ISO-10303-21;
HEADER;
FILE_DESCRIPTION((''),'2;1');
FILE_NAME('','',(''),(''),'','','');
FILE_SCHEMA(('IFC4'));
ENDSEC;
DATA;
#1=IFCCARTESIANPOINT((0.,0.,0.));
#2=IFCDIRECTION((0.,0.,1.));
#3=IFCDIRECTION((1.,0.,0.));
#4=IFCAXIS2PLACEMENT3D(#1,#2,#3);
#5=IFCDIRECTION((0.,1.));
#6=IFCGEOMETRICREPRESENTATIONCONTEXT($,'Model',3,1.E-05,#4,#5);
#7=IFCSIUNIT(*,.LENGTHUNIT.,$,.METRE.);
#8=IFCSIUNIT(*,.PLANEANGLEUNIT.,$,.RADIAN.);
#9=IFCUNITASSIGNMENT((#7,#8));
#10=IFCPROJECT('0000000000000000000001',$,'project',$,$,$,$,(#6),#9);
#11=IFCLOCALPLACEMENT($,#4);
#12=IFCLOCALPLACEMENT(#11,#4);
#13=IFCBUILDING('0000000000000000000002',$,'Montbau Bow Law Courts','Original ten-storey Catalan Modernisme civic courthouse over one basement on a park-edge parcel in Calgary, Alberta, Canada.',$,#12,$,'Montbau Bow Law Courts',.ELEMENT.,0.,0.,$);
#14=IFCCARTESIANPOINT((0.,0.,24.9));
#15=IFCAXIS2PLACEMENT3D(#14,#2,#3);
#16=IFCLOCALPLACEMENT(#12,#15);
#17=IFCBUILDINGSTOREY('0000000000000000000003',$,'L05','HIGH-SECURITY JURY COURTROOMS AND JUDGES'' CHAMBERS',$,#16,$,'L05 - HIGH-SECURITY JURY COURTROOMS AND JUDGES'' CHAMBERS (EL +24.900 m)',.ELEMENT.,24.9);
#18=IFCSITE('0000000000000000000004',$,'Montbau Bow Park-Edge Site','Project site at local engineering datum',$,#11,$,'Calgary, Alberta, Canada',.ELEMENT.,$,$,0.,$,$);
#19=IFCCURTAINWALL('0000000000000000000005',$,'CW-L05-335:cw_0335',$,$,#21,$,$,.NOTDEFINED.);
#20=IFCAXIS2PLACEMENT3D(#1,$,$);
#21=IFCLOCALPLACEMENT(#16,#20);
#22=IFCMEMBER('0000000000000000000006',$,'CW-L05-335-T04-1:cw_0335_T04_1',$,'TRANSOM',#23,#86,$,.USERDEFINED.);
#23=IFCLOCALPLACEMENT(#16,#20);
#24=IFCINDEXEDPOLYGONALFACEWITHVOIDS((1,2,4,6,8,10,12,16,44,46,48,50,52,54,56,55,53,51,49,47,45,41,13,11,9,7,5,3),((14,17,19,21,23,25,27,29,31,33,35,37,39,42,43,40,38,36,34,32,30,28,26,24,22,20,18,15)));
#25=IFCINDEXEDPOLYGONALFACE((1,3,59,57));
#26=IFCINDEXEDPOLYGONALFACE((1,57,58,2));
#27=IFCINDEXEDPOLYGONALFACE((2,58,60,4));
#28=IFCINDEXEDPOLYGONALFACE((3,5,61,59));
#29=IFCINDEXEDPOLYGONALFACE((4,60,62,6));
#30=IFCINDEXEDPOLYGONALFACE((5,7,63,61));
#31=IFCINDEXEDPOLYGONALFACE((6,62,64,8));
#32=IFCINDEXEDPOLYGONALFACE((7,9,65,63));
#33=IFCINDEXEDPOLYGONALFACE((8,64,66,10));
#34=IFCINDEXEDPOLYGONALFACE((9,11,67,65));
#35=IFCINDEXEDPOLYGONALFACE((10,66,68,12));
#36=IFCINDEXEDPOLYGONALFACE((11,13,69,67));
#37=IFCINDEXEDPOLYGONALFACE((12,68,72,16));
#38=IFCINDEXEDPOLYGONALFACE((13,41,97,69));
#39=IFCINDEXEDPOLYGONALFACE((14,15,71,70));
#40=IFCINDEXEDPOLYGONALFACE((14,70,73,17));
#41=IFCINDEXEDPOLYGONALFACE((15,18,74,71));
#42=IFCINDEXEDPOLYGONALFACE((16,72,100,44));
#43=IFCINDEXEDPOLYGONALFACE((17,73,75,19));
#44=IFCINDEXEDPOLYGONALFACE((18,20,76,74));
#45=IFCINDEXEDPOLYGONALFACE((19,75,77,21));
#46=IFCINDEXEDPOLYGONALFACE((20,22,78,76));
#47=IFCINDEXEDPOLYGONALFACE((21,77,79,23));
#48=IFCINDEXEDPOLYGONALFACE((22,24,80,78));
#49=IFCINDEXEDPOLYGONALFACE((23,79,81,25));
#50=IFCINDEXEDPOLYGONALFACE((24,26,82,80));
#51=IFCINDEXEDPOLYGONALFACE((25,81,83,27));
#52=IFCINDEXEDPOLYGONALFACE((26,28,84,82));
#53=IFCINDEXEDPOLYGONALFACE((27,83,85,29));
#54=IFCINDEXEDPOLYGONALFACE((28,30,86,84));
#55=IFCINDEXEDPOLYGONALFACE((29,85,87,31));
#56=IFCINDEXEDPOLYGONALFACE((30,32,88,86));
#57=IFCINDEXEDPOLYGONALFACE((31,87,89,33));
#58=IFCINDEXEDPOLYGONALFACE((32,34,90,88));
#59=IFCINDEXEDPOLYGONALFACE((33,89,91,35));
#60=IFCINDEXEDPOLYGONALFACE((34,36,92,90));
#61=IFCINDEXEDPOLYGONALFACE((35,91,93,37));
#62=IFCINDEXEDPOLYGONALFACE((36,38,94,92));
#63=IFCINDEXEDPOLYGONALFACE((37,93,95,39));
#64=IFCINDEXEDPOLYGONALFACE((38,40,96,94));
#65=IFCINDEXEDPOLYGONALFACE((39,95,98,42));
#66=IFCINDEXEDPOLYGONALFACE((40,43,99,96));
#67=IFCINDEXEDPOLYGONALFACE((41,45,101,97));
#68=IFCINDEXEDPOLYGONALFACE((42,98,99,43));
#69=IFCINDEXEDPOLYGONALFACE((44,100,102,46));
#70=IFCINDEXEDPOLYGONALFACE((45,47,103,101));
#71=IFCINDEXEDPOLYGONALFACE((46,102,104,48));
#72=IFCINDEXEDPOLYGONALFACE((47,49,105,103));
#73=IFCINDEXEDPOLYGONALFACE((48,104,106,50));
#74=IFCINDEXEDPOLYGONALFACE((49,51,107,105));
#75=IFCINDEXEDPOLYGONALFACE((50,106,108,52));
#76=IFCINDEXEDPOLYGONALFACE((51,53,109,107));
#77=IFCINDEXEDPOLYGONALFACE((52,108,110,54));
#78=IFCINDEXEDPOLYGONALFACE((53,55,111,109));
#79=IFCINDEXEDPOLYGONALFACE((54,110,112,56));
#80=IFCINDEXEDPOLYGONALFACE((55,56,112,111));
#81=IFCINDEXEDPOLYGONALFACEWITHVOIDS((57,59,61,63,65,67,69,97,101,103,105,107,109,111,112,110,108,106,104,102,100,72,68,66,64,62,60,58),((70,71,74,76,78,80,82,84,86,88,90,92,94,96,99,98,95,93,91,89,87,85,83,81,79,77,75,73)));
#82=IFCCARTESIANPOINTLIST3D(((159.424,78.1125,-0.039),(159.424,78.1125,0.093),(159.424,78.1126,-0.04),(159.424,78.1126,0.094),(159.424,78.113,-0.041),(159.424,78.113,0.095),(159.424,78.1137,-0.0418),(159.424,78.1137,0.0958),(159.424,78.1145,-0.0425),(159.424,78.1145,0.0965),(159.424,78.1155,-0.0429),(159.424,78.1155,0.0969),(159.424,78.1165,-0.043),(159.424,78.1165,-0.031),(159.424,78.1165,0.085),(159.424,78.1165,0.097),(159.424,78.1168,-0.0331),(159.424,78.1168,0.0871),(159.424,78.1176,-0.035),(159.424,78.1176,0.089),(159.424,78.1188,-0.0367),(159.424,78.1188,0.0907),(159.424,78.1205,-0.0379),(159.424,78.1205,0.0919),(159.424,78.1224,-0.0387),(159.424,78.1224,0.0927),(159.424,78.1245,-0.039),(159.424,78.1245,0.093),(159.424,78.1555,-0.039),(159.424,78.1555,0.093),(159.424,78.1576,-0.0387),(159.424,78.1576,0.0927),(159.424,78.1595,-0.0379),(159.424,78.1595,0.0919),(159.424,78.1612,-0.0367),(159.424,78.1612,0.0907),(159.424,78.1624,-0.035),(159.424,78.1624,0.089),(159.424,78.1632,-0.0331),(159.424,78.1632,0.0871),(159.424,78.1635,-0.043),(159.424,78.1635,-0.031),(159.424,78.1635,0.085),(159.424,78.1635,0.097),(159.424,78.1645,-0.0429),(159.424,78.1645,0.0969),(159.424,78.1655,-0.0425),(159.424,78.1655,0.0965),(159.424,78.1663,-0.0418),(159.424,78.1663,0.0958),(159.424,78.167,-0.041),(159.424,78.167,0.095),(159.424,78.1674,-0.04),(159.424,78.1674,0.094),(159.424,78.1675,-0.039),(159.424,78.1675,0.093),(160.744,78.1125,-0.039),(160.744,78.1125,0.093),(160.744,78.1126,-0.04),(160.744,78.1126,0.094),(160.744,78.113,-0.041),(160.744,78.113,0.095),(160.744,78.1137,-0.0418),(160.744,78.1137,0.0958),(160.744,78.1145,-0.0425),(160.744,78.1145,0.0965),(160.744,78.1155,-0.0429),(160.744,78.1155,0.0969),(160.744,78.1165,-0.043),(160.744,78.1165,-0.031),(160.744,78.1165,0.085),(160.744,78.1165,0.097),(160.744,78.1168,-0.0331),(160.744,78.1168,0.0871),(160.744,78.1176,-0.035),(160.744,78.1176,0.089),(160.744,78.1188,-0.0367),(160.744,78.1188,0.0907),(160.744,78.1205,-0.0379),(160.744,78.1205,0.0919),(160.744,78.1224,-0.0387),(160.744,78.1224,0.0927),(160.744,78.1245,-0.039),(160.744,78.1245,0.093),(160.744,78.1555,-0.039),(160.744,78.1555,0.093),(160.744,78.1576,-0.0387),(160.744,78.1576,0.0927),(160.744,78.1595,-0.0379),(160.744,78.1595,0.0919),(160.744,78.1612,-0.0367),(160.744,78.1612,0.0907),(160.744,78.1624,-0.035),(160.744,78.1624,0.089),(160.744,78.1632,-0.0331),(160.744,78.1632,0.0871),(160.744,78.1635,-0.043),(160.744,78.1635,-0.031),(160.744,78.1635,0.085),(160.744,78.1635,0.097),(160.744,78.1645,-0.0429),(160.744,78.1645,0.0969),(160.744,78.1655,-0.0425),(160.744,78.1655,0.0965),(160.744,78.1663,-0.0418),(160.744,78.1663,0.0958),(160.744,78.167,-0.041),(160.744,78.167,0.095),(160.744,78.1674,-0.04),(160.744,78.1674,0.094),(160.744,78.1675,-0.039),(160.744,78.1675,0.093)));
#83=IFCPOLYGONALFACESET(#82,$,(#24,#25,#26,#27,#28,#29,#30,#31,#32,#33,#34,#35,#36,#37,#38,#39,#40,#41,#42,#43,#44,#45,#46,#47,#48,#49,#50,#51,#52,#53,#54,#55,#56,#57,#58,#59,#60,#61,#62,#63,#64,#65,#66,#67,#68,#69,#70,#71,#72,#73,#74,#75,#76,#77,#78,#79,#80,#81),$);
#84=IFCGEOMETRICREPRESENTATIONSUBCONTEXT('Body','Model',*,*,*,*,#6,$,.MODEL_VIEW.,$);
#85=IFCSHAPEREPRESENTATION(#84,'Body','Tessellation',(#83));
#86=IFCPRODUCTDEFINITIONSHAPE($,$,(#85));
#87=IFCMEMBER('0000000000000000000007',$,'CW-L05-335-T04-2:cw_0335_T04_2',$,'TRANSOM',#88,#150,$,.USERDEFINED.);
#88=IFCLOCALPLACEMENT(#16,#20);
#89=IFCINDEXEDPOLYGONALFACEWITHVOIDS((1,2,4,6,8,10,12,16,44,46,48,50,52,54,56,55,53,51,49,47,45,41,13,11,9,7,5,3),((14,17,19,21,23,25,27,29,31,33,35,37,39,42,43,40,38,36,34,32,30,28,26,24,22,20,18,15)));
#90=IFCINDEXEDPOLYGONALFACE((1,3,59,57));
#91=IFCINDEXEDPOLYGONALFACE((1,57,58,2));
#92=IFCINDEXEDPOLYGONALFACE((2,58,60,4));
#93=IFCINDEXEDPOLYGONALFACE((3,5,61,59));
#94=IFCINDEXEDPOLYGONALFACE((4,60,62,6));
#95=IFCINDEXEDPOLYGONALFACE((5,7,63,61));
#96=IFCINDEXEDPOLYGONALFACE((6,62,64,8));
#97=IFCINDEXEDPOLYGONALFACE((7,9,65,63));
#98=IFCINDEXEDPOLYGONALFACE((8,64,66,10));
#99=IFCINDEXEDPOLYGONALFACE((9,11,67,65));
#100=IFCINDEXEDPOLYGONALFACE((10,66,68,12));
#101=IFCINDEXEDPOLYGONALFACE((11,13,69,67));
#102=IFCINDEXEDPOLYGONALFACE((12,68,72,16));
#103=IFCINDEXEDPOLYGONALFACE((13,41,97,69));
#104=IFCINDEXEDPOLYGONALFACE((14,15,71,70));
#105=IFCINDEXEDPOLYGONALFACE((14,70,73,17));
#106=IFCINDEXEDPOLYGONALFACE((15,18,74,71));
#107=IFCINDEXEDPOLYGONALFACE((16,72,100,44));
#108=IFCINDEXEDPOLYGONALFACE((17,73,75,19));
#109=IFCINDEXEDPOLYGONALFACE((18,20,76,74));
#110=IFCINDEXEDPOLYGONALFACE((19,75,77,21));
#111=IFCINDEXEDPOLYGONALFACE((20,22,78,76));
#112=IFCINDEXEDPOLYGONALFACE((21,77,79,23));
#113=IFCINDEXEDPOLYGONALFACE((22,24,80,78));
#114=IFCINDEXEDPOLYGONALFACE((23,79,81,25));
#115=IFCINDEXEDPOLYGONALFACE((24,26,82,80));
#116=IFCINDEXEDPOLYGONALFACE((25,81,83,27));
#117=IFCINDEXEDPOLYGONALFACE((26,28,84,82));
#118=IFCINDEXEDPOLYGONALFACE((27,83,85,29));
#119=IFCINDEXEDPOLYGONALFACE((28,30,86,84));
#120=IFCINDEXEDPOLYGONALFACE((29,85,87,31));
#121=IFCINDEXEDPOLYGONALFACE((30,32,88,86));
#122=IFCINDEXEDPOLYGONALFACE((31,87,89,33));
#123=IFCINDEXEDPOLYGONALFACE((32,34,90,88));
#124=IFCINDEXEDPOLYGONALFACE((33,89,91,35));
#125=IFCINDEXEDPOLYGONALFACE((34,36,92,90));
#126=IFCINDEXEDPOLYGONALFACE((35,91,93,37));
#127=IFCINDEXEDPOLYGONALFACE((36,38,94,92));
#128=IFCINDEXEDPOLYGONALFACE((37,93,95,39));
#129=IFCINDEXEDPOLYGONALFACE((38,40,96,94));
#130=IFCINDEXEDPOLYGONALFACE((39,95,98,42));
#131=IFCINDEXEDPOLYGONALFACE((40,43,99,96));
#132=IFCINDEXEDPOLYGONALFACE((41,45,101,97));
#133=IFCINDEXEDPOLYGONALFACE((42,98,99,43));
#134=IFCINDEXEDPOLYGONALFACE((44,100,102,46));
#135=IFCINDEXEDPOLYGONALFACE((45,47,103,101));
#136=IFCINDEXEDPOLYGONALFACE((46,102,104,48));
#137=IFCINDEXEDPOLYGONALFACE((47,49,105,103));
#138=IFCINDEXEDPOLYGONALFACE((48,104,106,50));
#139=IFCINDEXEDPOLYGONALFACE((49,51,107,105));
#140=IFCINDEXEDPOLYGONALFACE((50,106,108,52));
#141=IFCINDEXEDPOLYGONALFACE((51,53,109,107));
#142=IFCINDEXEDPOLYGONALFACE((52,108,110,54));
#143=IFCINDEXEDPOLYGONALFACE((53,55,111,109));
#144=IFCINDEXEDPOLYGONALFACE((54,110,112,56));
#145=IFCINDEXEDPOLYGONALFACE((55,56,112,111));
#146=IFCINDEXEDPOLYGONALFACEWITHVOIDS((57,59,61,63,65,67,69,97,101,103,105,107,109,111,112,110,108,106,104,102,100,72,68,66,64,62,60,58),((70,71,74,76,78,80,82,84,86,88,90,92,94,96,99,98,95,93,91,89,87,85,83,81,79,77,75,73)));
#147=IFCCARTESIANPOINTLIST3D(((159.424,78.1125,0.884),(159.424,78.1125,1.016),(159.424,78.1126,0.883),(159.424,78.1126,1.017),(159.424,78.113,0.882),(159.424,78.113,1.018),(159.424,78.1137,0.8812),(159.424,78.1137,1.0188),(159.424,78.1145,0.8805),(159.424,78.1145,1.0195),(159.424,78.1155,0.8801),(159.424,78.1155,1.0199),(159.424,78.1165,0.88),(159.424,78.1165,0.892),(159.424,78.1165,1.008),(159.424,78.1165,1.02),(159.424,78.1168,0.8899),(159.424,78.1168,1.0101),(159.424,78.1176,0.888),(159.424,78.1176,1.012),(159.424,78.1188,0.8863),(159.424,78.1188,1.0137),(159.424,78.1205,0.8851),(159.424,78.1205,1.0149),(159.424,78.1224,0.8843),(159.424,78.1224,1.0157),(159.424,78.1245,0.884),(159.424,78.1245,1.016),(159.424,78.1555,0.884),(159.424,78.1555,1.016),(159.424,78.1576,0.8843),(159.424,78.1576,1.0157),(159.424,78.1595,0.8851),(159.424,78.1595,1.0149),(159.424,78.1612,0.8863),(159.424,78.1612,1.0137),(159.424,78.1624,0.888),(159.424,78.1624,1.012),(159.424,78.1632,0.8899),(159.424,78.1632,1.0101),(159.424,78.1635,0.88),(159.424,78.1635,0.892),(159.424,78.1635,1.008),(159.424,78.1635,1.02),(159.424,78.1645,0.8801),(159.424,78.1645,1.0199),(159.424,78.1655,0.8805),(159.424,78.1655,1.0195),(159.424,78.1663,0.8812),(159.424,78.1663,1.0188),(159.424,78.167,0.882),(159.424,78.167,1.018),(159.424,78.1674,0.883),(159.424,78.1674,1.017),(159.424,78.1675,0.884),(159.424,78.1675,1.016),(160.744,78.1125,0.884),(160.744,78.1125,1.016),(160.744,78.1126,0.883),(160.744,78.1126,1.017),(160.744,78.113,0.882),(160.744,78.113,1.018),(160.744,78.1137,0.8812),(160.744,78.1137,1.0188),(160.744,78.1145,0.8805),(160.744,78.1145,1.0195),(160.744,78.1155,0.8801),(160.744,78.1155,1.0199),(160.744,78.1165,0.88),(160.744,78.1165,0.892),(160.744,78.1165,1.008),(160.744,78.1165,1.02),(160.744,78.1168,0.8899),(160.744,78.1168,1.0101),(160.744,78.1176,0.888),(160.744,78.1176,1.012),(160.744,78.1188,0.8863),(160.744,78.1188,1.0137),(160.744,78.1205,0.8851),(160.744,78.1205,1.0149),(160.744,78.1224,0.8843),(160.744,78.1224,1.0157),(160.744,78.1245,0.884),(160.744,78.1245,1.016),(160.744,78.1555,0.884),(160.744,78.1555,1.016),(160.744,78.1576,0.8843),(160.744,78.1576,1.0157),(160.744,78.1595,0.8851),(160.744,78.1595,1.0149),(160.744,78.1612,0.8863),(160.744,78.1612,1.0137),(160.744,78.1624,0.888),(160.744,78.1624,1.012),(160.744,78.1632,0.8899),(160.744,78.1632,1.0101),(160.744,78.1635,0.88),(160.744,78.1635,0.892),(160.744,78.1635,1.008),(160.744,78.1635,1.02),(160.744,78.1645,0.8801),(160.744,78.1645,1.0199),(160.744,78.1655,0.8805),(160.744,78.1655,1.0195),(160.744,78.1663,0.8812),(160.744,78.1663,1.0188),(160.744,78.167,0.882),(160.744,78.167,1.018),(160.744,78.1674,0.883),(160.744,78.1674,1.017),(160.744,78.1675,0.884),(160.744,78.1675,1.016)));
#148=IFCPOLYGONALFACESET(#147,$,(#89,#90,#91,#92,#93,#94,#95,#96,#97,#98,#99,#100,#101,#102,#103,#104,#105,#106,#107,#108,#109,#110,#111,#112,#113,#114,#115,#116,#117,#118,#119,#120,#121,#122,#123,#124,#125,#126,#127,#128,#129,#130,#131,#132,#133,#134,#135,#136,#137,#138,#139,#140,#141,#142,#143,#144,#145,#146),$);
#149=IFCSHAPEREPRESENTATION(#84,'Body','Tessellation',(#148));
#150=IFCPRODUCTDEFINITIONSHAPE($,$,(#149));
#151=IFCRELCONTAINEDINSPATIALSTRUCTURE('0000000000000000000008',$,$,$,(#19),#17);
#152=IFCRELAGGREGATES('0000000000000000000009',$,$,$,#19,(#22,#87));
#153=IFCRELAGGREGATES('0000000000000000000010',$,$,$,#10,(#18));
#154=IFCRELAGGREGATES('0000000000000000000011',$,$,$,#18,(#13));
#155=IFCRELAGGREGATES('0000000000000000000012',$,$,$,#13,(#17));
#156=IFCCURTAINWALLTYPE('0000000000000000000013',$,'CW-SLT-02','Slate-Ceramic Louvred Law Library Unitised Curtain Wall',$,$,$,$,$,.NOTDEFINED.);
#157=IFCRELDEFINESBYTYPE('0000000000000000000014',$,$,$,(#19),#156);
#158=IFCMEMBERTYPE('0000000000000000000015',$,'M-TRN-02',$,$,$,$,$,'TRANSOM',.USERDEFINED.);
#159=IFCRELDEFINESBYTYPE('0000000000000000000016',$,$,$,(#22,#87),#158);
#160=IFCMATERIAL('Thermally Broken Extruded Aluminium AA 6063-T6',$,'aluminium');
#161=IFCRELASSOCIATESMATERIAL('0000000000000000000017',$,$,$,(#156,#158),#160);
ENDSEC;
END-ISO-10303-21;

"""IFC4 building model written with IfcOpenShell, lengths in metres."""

from ifc_helpers import new_model, si_unit, direction, frame, origin_with_axes, origin_2d_with_axis, place, context, subcontext, project, spatial, hollow_rectangle, extrude, material, material_profile, profile_set, type_object, element, aggregate, save


model = new_model("IFC4")

# Units and contexts
model_context = context("Model", 3, precision=1e-05, world=origin_with_axes(), true_north=direction((0.0, 1.0)))
body_context = subcontext(model_context, "Body", "Model", "MODEL_VIEW")
ifc_project = project(units=[si_unit("LENGTHUNIT", "METRE"), si_unit("PLANEANGLEUNIT", "RADIAN")], contexts=[model_context])

# Site, building, storey
site_placement = place(None, origin_with_axes())
site = spatial("IfcSite", under=ifc_project, at=site_placement, Name="Montbau Bow Park-Edge Site", Description="Project site at local engineering datum", LongName="Calgary, Alberta, Canada", CompositionType="ELEMENT", RefElevation=0.0)
building_placement = place(site_placement, origin_with_axes())
building = spatial("IfcBuilding", under=site, at=building_placement, Name="Montbau Bow Law Courts", Description="Original ten-storey Catalan Modernisme civic courthouse over one basement on a park-edge parcel in Calgary, Alberta, Canada.", LongName="Montbau Bow Law Courts", CompositionType="ELEMENT", ElevationOfRefHeight=0.0, ElevationOfTerrain=0.0)
storey_placement = place(building_placement, frame((0.0, 0.0, 24.9), z_axis=(0.0, 0.0, 1.0), x_axis=(1.0, 0.0, 0.0)))
storey = spatial("IfcBuildingStorey", under=building, at=storey_placement, Name="L05", Description="HIGH-SECURITY JURY COURTROOMS AND JUDGES' CHAMBERS", LongName="L05 - HIGH-SECURITY JURY COURTROOMS AND JUDGES' CHAMBERS (EL +24.900 m)", CompositionType="ELEMENT", Elevation=24.9)

# Shared definitions
ifc_material_1 = material(Name="Thermally Broken Extruded Aluminium AA 6063-T6", Category="aluminium")
curtain_wall_type = type_object("IfcCurtainWallType", Name="CW-SLT-02", Description="Slate-Ceramic Louvred Law Library Unitised Curtain Wall", PredefinedType="NOTDEFINED", material=ifc_material_1)

# Curtain wall, members
curtain_wall_1_placement = place(None, frame((155.24, 78.14, 24.9), z_axis=(0.0, 0.0, 1.0), x_axis=(1.0, 0.0, 0.0)))
curtain_wall_1 = element("IfcCurtainWall", 1, at=curtain_wall_1_placement, inside=storey, type_object=curtain_wall_type, Name="CW-L05-335:cw_0335", PredefinedType="NOTDEFINED")
ifc_material_profile_1 = material_profile(ifc_material_1, hollow_rectangle(XDim=0.055, YDim=0.14, WallThickness=0.004, InnerFilletRadius=0.008, OuterFilletRadius=0.004, at=origin_2d_with_axis()), Name="CWT-140X55", Category="Main", Priority=0)
ifc_profile_set_1 = profile_set([ifc_material_profile_1], Name="Thermally Broken Extruded Aluminium AA 6063-T6")
member_type_1 = type_object("IfcMemberType", Name="M-TRN-02", ElementType="TRANSOM", PredefinedType="USERDEFINED", material=ifc_profile_set_1)
member_1_placement = place(None, frame((159.424, 78.14, 24.927), z_axis=(1.0, 0.0, 0.0), x_axis=(0.0, 1.0, 0.0)))
member_1 = element("IfcMember", 2, at=member_1_placement, type_object=member_type_1, Name="CW-L05-335-T04-1:cw_0335_T04_1", ObjectType="TRANSOM", PredefinedType="USERDEFINED", context=body_context, shape_type="SweptSolid", body=[
    extrude(hollow_rectangle(XDim=0.055, YDim=0.14, WallThickness=0.004, InnerFilletRadius=0.008, OuterFilletRadius=0.004, at=origin_2d_with_axis()), origin_with_axes(), (0.0, 0.0, 1.0), 1.32),
])
member_2_placement = place(None, frame((159.424, 78.14, 25.85), z_axis=(1.0, 0.0, 0.0), x_axis=(0.0, 1.0, 0.0)))
member_2 = element("IfcMember", 3, at=member_2_placement, type_object=member_type_1, Name="CW-L05-335-T04-2:cw_0335_T04_2", ObjectType="TRANSOM", PredefinedType="USERDEFINED", context=body_context, shape_type="SweptSolid", body=[
    extrude(hollow_rectangle(XDim=0.055, YDim=0.14, WallThickness=0.004, InnerFilletRadius=0.008, OuterFilletRadius=0.004, at=origin_2d_with_axis()), origin_with_axes(), (0.0, 0.0, 1.0), 1.32),
])
aggregate(curtain_wall_1, [member_1, member_2])

save(model, "model.ifc")
